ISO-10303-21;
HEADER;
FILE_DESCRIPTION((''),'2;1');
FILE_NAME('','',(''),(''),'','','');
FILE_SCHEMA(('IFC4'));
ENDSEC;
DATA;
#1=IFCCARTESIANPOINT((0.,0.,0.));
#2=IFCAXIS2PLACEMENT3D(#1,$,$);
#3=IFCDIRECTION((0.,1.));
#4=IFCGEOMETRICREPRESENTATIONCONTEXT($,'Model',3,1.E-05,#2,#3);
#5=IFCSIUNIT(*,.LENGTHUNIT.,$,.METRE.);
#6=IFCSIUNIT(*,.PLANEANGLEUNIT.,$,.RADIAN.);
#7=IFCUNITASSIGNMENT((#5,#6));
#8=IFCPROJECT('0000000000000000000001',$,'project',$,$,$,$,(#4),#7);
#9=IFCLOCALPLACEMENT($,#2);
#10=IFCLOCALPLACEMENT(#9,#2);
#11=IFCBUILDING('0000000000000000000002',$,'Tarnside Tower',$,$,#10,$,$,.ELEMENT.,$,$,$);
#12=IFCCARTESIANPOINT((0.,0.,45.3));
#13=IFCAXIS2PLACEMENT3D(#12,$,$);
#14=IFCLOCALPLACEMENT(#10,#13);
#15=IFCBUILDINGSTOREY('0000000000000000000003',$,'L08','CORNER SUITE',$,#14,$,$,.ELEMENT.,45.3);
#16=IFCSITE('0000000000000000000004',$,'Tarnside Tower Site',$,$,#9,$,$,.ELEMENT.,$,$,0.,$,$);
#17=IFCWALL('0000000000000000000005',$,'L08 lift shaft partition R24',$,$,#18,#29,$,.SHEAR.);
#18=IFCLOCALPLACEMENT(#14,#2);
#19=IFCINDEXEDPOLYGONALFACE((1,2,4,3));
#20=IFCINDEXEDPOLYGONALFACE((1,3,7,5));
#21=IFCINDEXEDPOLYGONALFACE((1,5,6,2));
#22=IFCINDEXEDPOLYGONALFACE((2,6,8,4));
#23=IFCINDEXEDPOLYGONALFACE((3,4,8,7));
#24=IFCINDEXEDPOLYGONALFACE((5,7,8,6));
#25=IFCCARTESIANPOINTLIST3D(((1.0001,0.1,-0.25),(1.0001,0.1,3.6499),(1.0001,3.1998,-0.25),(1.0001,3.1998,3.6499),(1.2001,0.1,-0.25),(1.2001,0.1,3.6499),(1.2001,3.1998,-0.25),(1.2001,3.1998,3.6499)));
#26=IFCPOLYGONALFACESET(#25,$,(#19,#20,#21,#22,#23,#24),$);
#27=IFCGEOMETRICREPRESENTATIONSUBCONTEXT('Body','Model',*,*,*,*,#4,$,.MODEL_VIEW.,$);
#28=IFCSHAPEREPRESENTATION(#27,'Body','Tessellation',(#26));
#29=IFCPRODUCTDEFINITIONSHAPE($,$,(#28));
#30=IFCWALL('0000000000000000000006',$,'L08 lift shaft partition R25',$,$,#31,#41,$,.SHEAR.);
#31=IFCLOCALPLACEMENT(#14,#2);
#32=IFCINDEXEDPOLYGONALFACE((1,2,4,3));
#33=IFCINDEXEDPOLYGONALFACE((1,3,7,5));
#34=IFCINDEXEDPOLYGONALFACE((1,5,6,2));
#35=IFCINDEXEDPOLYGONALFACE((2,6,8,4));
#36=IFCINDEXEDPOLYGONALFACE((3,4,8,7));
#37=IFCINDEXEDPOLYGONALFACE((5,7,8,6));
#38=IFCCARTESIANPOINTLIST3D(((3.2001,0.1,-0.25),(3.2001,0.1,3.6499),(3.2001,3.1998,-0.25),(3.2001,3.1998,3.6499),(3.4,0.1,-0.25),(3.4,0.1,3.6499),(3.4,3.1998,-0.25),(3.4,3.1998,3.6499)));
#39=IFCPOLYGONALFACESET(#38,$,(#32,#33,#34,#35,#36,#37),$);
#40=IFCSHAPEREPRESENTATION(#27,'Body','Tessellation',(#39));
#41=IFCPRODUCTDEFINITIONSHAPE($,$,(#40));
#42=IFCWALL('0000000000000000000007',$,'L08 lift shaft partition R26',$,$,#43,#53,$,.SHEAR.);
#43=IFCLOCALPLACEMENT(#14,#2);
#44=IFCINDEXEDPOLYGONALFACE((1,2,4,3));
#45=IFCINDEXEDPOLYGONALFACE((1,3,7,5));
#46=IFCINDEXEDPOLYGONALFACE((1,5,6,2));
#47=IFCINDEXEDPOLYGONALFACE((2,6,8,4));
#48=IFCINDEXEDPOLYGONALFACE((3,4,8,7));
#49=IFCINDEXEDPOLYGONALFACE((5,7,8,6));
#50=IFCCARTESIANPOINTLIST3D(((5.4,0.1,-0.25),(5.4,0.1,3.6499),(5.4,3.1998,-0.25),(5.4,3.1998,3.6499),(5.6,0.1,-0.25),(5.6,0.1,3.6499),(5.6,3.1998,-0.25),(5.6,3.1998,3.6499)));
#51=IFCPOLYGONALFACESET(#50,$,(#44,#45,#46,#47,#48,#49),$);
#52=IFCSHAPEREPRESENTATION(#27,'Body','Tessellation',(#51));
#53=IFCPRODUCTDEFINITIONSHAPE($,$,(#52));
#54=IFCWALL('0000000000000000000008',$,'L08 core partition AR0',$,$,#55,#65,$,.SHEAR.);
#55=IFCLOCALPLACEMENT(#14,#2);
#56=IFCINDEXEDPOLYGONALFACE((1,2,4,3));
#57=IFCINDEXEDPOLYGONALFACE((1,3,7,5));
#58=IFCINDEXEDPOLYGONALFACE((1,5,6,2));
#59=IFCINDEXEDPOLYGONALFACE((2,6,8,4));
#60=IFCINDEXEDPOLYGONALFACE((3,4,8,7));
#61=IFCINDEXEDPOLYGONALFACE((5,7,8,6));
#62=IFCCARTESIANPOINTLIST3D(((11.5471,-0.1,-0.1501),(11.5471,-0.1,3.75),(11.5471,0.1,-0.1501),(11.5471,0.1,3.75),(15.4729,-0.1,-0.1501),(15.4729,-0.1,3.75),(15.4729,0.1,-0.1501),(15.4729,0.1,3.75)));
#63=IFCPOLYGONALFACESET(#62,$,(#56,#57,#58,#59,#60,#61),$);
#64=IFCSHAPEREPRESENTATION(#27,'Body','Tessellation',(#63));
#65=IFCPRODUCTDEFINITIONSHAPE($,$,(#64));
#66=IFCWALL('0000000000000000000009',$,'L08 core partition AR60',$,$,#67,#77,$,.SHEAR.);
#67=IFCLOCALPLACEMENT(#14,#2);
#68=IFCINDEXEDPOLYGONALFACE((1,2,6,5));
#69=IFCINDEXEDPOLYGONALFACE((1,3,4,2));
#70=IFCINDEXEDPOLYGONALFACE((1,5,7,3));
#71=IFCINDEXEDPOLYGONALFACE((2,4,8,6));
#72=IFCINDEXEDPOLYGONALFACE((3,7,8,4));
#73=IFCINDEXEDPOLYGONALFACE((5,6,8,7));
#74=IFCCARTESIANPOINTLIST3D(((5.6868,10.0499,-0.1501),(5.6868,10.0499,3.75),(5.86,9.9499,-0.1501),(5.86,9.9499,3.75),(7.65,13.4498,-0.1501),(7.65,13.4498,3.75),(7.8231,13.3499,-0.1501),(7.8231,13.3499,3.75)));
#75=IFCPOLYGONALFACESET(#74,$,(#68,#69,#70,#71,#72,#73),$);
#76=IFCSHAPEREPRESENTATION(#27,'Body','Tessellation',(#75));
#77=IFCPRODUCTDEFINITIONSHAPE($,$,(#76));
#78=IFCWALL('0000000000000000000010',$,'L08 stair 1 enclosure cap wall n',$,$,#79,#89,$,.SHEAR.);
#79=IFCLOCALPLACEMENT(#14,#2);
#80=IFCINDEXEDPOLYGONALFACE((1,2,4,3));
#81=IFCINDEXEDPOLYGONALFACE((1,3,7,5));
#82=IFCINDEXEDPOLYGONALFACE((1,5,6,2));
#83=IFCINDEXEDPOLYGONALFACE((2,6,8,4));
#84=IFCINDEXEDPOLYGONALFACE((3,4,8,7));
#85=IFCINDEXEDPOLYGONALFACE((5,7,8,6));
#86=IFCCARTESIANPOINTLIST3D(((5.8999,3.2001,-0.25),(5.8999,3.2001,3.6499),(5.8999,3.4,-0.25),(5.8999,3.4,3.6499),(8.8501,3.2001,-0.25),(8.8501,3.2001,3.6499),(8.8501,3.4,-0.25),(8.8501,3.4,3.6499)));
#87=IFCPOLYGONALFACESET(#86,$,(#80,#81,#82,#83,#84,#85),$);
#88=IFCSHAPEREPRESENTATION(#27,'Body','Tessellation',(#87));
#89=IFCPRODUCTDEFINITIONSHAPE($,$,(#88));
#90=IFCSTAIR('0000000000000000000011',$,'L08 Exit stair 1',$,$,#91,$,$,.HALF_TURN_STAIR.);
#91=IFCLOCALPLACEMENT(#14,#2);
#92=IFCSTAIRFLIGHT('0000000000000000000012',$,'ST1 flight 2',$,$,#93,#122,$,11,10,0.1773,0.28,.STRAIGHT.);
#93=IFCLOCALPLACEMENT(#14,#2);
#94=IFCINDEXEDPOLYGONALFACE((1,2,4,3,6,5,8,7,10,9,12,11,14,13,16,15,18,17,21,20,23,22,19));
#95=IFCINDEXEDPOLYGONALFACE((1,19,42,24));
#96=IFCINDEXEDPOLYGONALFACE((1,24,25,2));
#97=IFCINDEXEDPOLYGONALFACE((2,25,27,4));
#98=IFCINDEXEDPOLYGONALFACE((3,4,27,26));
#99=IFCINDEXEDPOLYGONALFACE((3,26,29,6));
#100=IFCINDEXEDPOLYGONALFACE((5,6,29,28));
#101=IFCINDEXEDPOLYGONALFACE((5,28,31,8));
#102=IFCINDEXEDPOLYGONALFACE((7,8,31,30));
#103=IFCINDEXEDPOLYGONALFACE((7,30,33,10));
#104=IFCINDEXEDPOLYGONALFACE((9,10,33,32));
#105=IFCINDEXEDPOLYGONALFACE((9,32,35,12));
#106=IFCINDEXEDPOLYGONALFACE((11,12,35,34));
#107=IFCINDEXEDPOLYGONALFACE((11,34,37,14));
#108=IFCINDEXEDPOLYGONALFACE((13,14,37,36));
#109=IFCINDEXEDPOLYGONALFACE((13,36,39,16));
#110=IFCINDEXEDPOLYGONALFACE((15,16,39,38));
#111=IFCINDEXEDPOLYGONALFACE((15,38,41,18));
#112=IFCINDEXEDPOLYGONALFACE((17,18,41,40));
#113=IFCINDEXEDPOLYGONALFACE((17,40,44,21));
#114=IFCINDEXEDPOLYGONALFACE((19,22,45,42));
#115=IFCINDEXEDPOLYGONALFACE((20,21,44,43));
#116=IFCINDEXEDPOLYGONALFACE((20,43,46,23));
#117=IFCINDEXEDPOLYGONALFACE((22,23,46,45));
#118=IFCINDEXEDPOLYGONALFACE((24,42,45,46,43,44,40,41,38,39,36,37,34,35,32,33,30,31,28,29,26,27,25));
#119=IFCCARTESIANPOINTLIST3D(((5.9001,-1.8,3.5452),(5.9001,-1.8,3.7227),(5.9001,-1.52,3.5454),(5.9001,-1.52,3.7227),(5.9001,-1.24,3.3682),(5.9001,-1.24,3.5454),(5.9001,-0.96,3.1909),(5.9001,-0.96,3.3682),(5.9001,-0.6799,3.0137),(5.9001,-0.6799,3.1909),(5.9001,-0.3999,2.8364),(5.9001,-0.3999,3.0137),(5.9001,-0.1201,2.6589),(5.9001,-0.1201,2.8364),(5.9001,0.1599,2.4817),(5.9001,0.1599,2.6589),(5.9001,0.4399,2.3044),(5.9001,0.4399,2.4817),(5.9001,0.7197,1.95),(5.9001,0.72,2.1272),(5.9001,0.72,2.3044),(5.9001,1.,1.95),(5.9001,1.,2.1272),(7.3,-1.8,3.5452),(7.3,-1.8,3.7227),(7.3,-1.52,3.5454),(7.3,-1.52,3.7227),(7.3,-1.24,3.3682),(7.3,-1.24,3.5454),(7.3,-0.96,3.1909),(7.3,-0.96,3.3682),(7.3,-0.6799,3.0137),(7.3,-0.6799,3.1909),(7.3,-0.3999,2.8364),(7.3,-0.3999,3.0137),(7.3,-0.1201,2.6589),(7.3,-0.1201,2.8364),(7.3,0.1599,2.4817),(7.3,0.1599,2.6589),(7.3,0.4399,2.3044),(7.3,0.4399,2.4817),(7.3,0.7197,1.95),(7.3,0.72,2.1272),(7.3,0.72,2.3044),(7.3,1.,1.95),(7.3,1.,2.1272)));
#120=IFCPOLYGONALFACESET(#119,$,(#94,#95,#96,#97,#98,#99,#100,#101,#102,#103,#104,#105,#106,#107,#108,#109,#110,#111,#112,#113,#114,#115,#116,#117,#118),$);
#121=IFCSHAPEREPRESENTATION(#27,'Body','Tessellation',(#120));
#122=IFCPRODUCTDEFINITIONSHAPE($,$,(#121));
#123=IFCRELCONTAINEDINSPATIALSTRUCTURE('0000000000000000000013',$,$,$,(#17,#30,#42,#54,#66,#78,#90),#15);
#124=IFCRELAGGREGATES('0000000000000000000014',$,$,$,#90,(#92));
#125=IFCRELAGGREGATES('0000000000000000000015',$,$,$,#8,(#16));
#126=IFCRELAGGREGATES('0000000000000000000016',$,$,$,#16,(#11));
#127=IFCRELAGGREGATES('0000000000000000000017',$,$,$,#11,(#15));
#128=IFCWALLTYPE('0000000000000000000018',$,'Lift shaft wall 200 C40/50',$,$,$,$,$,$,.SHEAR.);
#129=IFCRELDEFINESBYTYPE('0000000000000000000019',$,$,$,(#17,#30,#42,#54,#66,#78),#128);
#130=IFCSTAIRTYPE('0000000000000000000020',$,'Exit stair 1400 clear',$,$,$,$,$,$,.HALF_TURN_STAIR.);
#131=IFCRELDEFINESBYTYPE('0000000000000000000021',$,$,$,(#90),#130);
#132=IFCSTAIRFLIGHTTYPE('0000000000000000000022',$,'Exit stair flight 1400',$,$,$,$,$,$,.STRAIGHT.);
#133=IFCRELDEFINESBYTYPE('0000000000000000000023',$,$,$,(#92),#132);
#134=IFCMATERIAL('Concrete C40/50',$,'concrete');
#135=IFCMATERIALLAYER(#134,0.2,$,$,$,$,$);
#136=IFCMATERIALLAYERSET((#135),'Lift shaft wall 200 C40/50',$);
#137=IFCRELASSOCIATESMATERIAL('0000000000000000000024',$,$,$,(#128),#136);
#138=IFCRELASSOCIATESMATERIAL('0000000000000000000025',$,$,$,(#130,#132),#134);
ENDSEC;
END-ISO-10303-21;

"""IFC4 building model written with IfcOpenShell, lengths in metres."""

from ifc_helpers import new_model, si_unit, direction, frame, frame_2d, origin, place, context, subcontext, project, spatial, polyline, rectangle, outline, extrude, material, layer, layer_set, type_object, element, aggregate, save


model = new_model("IFC4")

# Units and contexts
model_context = context("Model", 3, precision=1e-05, world=origin(), true_north=direction((0.0, 1.0)))
body_context = subcontext(model_context, "Body", "Model", "MODEL_VIEW")
ifc_project = project(units=[si_unit("LENGTHUNIT", "METRE"), si_unit("PLANEANGLEUNIT", "RADIAN")], contexts=[model_context])

# Site, building, storey
site_placement = place(None, origin())
site = spatial("IfcSite", under=ifc_project, at=site_placement, Name="Tarnside Tower Site", CompositionType="ELEMENT", RefElevation=0.0)
building_placement = place(site_placement, origin())
building = spatial("IfcBuilding", under=site, at=building_placement, Name="Tarnside Tower", CompositionType="ELEMENT")
storey_placement = place(building_placement, frame((0.0, 0.0, 45.3)))
storey = spatial("IfcBuildingStorey", under=building, at=storey_placement, Name="L08", Description="CORNER SUITE", CompositionType="ELEMENT", Elevation=45.3)

# Walls
ifc_material_1 = material(Name="Concrete C40/50", Category="concrete")
ifc_layer_1 = layer(ifc_material_1, 0.2)
ifc_layer_set_1 = layer_set([ifc_layer_1], Name="Lift shaft wall 200 C40/50")
wall_type_1 = type_object("IfcWallType", Name="Lift shaft wall 200 C40/50", PredefinedType="SHEAR", material=ifc_layer_set_1)
for number, where, z_axis, x_axis, name in (
    (1, (1.1001, 0.1001, -0.25), (0.0, 0.0, 1.0), (0.0, 1.0, 0.0), "L08 lift shaft partition R24"),
    (2, (3.3, 0.1001, -0.25), (0.0, 0.0, 1.0), (0.0, 1.0, 0.0), "L08 lift shaft partition R25"),
    (3, (5.5, 0.1001, -0.25), (0.0, 0.0, 1.0), (0.0, 1.0, 0.0), "L08 lift shaft partition R26"),
):
    element("IfcWall", number, at=place(storey_placement, frame(where, z_axis=z_axis, x_axis=x_axis)), inside=storey, type_object=wall_type_1, Name=name, PredefinedType="SHEAR", context=body_context, shape_type="SweptSolid", body=[
        extrude(rectangle(XDim=3.0999, YDim=0.2, at=frame_2d((1.5498, 0.0))), origin(), (0.0, 0.0, 1.0), 3.8999),
    ])
wall_1_placement = place(storey_placement, frame((11.5471, 0.0, -0.1501), z_axis=(0.0, 0.0, 1.0), x_axis=(1.0, 0.0, 0.0)))
element("IfcWall", 4, at=wall_1_placement, inside=storey, type_object=wall_type_1, Name="L08 core partition AR0", PredefinedType="SHEAR", context=body_context, shape_type="SweptSolid", body=[
    extrude(rectangle(XDim=3.9258, YDim=0.2, at=frame_2d((1.9629, 0.0))), origin(), (0.0, 0.0, 1.0), 3.9001),
])
wall_2_placement = place(storey_placement, frame((5.7734, 10.0, -0.1501), z_axis=(0.0, 0.0, 1.0), x_axis=(0.500038, 0.866003, 0.0)))
element("IfcWall", 5, at=wall_2_placement, inside=storey, type_object=wall_type_1, Name="L08 core partition AR60", PredefinedType="SHEAR", context=body_context, shape_type="SweptSolid", body=[
    extrude(rectangle(XDim=3.926, YDim=0.2, at=frame_2d((1.9629, 0.0))), origin(), (0.0, 0.0, 1.0), 3.9001),
])
wall_3_placement = place(storey_placement, frame((5.8999, 3.3, -0.25), z_axis=(0.0, 0.0, 1.0), x_axis=(1.0, 0.0, 0.0)))
element("IfcWall", 6, at=wall_3_placement, inside=storey, type_object=wall_type_1, Name="L08 stair 1 enclosure cap wall n", PredefinedType="SHEAR", context=body_context, shape_type="SweptSolid", body=[
    extrude(rectangle(XDim=2.9502, YDim=0.2, at=frame_2d((1.4751, 0.0))), origin(), (0.0, 0.0, 1.0), 3.8999),
])

# Stair, stair flight
stair_type = type_object("IfcStairType", Name="Exit stair 1400 clear", PredefinedType="HALF_TURN_STAIR", material=ifc_material_1)
stair_placement = place(storey_placement, origin())
stair = element("IfcStair", 7, at=stair_placement, inside=storey, type_object=stair_type, Name="L08 Exit stair 1", PredefinedType="HALF_TURN_STAIR")
stair_flight_type = type_object("IfcStairFlightType", Name="Exit stair flight 1400", PredefinedType="STRAIGHT", material=ifc_material_1)
stair_flight_placement = place(storey_placement, frame((6.6001, 1.0, 1.95), z_axis=(0.0, 0.0, 1.0), x_axis=(0.0, -1.0, 0.0)))
stair_flight = element("IfcStairFlight", 8, at=stair_flight_placement, type_object=stair_flight_type, Name="ST1 flight 2", NumberOfRisers=11, NumberOfTreads=10, PredefinedType="STRAIGHT", RiserHeight=0.1773, TreadLength=0.28, context=body_context, shape_type="SweptSolid", body=[
    extrude(outline(polyline([(0.0, 0.0), (0.0, 0.1772), (0.28, 0.1772), (0.28, 0.3545), (0.5601, 0.3545), (0.5601, 0.5317), (0.8401, 0.5317), (0.8401, 0.709), (1.1201, 0.709), (1.1201, 0.8865), (1.3999, 0.8865), (1.3999, 1.0637), (1.6799, 1.0637), (1.6799, 1.241), (1.96, 1.241), (1.96, 1.4182), (2.24, 1.4182), (2.24, 1.5955), (2.52, 1.5955), (2.52, 1.7727), (2.8, 1.7727), (2.8, 1.95), (2.8, 1.5952), (0.2803, 0.0), (0.0, 0.0)])), frame((0.0, 0.7, 0.0), z_axis=(0.0, -1.0, 0.0), x_axis=(1.0, 0.0, 0.0)), (0.0, 0.0, 1.0), 1.3999),
])
aggregate(stair, [stair_flight])

save(model, "model.ifc")
